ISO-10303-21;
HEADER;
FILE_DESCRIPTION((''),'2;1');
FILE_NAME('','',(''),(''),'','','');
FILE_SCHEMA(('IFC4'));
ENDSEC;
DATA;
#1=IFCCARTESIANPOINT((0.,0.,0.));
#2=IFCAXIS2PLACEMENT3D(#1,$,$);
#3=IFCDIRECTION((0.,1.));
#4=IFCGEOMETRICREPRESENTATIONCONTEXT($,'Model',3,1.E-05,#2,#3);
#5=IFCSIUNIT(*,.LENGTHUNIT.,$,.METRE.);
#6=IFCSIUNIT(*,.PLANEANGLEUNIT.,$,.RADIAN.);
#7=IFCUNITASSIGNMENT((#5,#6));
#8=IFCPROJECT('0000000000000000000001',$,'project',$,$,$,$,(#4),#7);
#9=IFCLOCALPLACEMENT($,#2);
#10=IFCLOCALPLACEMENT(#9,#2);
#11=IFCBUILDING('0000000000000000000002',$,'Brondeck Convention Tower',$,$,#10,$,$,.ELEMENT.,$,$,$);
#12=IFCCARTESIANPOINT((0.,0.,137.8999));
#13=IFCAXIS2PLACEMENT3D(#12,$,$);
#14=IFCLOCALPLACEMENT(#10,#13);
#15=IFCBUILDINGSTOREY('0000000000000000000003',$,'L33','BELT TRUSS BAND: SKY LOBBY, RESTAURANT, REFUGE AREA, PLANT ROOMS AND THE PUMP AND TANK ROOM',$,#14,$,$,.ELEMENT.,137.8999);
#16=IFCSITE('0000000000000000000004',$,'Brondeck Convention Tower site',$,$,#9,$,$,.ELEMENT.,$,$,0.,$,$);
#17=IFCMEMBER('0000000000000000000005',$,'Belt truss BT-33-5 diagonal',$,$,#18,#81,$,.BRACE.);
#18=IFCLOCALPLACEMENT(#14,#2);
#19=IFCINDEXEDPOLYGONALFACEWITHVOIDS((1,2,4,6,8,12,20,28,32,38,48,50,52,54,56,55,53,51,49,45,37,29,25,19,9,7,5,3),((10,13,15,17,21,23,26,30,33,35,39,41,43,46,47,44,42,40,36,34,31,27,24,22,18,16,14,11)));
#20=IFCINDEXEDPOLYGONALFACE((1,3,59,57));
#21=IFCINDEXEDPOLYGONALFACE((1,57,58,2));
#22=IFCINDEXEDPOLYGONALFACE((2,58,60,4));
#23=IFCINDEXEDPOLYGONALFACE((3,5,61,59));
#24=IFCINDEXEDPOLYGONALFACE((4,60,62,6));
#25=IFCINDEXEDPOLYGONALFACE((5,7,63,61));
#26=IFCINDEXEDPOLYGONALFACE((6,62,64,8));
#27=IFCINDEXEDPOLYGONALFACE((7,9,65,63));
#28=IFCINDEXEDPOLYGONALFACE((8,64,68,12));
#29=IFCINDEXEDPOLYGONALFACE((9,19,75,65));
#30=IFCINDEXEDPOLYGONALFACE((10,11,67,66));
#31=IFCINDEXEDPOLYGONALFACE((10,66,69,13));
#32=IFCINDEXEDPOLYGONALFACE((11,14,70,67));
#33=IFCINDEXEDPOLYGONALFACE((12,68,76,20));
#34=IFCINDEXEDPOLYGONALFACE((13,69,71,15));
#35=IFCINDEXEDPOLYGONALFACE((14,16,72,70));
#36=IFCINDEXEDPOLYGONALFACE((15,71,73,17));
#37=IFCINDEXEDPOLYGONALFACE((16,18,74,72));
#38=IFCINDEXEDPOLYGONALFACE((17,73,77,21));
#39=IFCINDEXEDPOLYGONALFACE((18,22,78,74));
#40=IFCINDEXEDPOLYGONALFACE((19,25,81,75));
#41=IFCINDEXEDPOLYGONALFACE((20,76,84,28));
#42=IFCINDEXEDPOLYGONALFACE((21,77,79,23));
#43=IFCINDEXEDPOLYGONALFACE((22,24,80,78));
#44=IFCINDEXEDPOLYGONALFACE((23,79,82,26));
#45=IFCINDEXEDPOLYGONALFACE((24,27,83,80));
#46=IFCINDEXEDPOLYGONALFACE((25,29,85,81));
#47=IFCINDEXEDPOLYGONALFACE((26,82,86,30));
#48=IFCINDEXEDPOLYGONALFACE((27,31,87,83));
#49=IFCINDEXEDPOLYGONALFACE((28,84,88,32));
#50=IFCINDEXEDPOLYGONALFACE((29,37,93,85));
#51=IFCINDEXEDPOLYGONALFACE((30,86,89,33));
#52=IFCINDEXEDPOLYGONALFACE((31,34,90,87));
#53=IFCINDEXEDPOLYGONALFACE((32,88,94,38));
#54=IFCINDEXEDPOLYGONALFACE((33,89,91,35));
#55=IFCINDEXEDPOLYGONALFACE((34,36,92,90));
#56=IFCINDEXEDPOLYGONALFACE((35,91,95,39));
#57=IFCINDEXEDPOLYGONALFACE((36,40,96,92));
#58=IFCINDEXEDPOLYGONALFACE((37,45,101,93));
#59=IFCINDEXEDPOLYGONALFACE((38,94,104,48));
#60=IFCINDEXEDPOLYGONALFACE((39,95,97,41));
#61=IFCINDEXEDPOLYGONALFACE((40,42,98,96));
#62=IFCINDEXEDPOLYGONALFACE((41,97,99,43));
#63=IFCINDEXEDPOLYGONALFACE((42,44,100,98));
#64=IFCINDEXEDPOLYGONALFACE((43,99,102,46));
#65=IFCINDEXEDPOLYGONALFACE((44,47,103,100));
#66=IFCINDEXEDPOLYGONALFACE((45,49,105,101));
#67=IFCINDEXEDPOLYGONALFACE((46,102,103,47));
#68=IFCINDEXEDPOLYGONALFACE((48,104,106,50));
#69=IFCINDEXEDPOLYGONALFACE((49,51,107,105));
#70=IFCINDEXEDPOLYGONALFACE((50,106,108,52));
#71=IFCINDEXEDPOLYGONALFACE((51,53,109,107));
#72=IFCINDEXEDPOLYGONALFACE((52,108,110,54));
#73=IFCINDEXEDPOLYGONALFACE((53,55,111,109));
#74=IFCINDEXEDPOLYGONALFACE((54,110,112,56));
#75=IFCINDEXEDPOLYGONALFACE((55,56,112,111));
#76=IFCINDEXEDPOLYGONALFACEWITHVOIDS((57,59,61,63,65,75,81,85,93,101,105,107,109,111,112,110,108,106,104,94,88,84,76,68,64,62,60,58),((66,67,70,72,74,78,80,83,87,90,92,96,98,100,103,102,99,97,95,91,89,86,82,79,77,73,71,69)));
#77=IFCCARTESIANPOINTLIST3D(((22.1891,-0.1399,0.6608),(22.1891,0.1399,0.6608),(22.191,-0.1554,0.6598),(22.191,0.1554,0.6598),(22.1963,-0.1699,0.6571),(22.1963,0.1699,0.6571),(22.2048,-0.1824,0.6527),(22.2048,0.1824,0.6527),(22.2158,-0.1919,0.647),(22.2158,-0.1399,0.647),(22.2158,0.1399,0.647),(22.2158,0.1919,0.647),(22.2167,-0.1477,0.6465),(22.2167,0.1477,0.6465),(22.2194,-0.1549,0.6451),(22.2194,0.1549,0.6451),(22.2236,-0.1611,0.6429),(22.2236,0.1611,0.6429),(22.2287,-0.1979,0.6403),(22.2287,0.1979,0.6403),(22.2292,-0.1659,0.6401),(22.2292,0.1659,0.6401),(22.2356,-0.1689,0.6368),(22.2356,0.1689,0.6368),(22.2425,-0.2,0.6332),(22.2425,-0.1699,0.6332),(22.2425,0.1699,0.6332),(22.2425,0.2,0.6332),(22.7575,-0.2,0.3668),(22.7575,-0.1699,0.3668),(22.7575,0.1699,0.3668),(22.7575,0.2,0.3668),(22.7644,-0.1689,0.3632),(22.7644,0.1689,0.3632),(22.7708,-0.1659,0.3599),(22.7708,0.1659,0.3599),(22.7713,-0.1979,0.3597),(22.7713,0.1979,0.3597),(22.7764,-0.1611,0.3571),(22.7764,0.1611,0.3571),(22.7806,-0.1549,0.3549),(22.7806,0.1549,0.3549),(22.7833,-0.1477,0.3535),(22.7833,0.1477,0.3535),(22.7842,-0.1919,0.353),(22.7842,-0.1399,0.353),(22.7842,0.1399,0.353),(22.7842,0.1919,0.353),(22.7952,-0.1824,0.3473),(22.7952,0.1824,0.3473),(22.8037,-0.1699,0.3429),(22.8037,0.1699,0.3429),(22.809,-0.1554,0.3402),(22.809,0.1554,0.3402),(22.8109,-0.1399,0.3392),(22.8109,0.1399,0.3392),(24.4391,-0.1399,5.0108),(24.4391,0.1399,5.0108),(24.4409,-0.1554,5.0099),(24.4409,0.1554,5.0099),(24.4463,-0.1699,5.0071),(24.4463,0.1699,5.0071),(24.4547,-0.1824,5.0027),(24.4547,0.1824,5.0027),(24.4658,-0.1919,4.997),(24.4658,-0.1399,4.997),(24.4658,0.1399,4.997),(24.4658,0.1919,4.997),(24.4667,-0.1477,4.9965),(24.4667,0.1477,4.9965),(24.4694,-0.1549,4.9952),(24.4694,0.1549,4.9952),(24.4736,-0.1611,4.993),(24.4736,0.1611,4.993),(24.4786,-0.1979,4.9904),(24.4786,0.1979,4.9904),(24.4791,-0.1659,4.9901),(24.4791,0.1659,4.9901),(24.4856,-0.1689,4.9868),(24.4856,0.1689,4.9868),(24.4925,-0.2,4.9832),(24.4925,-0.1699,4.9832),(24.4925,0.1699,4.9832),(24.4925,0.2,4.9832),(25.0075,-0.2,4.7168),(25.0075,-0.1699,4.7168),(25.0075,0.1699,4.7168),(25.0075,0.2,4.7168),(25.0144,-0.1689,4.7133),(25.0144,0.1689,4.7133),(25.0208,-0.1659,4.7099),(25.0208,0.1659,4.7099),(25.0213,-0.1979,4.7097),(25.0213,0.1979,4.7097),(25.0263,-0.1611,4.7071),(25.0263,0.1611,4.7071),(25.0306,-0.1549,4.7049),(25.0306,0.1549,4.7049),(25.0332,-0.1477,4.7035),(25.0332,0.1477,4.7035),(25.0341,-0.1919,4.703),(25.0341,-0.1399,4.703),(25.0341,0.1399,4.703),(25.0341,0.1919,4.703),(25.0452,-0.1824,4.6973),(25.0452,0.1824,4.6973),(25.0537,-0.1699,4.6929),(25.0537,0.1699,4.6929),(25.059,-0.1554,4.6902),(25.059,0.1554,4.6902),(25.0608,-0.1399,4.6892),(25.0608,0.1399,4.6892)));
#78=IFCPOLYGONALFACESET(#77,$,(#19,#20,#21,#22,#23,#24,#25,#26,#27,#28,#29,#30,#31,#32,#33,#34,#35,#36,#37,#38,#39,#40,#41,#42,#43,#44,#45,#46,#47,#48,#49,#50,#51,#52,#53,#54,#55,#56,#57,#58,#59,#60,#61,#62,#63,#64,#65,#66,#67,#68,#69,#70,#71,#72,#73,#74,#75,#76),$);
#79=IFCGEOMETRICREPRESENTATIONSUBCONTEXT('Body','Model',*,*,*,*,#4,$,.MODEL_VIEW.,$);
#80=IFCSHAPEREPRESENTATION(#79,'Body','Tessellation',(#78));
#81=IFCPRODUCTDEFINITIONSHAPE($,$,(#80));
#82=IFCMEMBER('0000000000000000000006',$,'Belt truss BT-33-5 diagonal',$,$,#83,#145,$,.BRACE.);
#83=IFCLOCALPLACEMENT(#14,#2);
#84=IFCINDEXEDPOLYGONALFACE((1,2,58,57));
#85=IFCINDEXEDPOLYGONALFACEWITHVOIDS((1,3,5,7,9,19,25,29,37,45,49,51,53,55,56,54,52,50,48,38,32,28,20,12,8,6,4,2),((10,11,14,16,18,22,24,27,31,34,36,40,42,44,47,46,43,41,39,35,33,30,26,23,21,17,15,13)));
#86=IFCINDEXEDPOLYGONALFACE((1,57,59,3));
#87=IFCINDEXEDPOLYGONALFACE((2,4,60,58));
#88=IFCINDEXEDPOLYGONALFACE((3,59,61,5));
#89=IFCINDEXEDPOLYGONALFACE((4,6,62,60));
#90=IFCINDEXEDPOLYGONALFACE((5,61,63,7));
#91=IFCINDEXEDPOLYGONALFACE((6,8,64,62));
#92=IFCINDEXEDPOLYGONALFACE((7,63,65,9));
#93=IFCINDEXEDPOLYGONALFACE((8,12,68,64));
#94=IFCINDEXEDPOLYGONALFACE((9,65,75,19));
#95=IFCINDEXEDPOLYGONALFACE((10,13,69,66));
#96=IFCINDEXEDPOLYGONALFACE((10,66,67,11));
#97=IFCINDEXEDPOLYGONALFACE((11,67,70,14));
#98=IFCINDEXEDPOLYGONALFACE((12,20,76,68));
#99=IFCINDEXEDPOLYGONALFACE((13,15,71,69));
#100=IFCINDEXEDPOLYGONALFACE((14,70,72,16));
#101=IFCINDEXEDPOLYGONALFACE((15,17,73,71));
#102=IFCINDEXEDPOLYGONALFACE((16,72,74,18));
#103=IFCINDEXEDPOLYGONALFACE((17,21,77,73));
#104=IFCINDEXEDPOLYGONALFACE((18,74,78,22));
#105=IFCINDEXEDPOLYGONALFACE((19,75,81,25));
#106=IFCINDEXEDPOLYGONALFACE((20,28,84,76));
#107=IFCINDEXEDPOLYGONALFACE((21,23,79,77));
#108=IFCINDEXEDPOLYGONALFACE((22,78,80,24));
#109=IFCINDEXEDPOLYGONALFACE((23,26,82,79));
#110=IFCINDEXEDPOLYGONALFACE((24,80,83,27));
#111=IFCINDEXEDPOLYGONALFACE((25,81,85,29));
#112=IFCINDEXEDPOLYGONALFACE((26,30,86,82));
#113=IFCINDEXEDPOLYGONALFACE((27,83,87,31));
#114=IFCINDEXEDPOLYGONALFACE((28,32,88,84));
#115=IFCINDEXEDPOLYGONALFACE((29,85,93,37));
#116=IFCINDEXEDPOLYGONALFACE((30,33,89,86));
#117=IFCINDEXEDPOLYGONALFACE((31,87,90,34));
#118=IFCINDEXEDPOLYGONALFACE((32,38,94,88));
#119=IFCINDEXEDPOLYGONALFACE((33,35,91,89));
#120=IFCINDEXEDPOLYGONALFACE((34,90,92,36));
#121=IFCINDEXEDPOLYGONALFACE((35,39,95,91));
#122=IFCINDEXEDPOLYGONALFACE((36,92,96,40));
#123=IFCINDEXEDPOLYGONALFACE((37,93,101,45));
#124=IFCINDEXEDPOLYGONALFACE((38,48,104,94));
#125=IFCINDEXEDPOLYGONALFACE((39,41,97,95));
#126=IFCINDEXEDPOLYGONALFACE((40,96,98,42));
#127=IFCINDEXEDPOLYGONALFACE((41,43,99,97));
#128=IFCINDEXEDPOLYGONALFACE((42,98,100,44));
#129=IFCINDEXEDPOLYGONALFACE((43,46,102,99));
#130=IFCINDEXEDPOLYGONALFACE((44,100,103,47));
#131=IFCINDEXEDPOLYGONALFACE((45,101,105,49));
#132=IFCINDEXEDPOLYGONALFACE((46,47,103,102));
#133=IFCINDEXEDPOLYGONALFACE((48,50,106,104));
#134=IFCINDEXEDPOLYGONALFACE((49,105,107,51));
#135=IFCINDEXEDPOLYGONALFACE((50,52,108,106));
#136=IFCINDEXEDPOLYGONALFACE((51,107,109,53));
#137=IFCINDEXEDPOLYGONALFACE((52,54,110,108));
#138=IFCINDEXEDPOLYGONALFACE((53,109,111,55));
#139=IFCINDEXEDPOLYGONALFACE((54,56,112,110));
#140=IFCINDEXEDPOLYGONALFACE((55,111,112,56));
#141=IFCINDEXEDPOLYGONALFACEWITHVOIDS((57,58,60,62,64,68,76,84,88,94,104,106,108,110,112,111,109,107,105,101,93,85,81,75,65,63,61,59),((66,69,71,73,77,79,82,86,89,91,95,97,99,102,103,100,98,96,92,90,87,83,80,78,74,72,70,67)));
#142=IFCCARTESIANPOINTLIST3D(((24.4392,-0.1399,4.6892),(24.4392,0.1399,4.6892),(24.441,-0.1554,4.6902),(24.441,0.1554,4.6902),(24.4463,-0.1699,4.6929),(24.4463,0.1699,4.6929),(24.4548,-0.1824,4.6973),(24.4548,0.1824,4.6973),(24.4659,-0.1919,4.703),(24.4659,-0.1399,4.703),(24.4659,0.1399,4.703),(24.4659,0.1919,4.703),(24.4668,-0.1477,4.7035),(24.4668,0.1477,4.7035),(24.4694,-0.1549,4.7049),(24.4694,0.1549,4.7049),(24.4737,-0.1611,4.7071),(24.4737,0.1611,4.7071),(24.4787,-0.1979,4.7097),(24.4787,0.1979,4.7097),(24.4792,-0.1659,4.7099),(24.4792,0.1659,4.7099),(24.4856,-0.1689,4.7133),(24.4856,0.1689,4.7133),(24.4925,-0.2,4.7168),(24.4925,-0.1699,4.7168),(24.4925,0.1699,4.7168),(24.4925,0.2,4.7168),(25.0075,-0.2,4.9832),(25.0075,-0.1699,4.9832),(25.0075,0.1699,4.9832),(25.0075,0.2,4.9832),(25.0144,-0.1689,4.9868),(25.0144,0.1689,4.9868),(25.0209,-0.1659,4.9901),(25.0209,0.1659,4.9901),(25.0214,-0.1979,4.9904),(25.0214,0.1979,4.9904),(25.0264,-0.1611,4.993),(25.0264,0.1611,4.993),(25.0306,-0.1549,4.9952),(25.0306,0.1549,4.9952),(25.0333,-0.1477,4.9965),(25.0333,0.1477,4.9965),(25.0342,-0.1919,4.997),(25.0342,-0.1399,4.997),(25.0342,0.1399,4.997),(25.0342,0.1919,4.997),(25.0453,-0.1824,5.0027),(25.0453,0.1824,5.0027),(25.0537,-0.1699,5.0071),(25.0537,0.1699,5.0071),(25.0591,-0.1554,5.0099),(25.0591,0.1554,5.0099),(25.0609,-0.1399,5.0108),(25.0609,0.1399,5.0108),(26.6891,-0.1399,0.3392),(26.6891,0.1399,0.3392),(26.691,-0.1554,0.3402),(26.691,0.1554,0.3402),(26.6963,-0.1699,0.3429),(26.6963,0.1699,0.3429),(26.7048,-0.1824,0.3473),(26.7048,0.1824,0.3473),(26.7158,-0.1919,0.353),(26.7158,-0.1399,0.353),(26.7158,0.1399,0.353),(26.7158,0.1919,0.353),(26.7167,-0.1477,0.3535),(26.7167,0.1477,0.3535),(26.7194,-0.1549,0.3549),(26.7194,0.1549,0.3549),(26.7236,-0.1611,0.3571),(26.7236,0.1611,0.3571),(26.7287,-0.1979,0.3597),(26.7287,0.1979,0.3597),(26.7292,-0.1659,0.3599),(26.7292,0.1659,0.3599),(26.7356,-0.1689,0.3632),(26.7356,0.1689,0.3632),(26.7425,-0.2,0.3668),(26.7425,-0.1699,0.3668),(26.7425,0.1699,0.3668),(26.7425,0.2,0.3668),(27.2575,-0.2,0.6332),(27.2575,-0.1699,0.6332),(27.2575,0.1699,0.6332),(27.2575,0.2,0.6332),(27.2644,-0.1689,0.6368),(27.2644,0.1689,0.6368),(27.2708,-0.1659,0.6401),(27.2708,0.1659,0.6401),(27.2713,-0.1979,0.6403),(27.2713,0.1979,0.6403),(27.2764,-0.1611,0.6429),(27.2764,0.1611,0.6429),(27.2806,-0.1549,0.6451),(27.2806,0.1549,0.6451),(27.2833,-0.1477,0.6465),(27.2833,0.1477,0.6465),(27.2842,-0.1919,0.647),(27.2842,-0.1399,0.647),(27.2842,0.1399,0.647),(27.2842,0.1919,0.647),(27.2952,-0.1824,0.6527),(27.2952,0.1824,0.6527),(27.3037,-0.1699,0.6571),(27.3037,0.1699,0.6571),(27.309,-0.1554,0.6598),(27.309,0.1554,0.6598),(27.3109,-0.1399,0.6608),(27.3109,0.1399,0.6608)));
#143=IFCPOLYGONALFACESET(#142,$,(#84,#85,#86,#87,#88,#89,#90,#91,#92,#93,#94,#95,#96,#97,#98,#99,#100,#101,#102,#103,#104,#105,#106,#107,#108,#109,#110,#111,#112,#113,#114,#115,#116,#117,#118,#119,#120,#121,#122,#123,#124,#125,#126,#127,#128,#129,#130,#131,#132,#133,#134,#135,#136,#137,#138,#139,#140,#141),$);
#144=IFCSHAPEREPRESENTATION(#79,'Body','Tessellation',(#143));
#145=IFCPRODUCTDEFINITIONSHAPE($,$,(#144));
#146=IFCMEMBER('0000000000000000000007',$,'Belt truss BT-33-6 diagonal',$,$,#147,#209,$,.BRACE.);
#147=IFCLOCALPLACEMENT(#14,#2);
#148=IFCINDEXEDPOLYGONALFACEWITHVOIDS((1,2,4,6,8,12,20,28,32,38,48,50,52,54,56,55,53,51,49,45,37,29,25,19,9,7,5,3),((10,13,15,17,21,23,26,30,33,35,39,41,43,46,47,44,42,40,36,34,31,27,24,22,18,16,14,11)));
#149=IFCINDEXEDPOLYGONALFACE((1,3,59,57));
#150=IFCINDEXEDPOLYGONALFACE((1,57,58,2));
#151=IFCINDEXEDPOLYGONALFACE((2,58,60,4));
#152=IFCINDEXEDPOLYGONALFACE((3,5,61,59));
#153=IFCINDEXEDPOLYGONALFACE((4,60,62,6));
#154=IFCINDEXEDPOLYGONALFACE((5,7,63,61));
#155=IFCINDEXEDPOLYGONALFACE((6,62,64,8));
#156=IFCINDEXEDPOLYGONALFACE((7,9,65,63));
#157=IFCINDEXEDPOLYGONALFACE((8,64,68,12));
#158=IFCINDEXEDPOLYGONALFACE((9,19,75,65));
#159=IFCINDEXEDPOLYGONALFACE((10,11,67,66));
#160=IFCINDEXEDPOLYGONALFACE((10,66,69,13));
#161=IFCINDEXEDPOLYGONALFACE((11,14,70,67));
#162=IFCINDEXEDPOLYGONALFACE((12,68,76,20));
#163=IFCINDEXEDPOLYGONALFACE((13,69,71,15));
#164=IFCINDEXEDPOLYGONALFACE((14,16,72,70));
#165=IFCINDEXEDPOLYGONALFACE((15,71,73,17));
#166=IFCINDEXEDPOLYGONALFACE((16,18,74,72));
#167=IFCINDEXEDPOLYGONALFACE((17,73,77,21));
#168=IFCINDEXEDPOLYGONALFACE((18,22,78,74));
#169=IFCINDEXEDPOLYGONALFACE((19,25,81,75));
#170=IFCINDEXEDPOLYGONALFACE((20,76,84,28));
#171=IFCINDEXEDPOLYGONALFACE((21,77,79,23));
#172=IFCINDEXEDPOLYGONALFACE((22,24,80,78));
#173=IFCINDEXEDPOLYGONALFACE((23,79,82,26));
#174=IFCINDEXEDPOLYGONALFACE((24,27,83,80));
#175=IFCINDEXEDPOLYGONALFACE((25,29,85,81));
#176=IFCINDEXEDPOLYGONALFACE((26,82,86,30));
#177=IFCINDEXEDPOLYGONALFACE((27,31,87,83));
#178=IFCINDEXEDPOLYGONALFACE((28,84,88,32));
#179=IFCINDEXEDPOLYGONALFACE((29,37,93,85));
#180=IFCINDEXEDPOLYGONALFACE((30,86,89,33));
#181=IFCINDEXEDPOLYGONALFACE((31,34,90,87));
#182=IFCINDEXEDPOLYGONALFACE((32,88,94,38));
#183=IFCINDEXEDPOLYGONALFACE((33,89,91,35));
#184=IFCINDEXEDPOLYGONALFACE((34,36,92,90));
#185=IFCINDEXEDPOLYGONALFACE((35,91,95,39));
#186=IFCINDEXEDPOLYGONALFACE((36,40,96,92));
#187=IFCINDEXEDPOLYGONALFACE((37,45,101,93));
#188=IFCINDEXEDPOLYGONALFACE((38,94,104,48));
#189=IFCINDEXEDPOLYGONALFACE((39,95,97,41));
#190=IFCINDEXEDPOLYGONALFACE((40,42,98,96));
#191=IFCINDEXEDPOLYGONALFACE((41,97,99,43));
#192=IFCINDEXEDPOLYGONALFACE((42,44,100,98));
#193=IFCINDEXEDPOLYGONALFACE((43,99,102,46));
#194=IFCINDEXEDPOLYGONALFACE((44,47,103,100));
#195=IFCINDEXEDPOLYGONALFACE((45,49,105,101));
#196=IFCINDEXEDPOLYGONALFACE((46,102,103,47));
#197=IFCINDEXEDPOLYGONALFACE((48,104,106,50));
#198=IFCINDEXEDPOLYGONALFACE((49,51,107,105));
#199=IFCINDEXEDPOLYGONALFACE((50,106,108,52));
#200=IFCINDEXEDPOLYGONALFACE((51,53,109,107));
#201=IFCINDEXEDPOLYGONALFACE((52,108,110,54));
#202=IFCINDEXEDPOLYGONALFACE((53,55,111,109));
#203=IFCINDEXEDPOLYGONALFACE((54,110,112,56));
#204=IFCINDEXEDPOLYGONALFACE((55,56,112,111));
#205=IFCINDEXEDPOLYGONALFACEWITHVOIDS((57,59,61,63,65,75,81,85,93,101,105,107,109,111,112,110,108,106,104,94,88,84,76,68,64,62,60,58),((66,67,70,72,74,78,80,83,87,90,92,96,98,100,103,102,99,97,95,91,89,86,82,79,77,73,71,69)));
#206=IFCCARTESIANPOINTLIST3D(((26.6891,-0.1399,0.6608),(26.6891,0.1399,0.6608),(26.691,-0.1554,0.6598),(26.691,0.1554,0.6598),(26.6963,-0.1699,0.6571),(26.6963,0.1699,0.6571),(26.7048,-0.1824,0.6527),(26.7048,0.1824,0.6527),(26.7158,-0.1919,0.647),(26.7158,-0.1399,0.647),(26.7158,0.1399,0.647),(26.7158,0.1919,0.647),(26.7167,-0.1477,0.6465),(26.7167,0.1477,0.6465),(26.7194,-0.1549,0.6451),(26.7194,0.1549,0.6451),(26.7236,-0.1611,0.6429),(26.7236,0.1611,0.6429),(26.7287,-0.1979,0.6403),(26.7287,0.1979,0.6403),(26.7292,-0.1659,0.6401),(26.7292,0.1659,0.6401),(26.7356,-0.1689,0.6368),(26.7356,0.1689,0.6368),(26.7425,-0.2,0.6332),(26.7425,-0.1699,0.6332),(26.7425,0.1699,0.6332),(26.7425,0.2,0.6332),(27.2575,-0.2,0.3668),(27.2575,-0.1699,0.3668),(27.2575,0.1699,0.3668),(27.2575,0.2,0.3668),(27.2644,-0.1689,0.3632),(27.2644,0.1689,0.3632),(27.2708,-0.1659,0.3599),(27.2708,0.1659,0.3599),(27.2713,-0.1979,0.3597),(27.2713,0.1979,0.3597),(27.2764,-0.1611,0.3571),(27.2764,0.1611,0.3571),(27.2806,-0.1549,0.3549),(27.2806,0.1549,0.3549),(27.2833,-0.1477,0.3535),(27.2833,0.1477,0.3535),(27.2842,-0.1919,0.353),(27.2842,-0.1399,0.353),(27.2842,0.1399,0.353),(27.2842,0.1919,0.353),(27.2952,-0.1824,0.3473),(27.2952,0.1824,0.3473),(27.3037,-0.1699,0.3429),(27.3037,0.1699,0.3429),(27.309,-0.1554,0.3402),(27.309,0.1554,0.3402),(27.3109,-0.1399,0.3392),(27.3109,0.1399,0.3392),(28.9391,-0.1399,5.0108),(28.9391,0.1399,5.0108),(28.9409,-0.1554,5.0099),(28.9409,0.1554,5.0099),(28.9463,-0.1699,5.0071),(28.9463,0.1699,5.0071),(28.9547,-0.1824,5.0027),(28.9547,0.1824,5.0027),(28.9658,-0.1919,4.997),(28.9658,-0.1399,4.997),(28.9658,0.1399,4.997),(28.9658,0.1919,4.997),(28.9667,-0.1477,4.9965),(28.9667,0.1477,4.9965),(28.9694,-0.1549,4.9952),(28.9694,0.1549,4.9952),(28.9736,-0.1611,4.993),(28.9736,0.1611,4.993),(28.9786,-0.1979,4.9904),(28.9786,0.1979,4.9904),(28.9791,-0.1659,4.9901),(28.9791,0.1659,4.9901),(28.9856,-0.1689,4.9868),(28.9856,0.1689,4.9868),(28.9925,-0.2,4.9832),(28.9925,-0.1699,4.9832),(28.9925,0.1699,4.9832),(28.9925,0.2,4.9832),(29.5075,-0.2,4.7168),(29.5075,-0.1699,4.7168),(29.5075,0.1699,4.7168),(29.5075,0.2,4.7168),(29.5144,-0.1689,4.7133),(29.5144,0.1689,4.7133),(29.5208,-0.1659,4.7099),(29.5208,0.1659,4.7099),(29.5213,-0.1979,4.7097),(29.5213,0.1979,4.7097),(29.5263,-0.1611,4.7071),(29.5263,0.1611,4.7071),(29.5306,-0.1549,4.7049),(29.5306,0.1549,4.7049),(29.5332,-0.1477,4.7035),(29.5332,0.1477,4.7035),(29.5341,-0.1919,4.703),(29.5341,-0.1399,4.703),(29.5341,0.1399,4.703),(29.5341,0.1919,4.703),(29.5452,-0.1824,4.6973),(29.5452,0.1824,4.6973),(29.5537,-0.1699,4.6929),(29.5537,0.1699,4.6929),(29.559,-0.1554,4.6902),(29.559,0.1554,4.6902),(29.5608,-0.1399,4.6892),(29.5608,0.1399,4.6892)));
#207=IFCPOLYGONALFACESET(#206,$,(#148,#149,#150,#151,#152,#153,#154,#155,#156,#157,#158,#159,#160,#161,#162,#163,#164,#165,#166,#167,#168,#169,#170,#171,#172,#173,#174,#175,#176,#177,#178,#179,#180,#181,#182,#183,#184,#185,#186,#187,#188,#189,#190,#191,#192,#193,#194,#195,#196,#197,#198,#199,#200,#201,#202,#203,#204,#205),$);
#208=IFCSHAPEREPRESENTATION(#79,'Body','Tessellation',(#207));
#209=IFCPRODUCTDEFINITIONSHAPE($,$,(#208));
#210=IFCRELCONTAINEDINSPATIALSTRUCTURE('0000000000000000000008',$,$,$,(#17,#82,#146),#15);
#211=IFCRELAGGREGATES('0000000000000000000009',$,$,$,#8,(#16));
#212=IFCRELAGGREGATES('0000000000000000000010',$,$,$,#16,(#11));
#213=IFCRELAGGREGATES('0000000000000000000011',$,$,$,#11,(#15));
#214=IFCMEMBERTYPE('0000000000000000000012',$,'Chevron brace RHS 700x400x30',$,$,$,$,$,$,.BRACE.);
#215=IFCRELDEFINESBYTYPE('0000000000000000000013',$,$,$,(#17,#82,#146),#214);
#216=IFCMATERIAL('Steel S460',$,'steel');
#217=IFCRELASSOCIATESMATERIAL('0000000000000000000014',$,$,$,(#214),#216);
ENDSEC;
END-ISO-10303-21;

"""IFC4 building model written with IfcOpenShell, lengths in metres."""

from ifc_helpers import new_model, si_unit, direction, frame, origin, origin_2d, place, context, subcontext, project, spatial, hollow_rectangle, extrude, material, material_profile, profile_set, type_object, element, save


model = new_model("IFC4")

# Units and contexts
model_context = context("Model", 3, precision=1e-05, world=origin(), true_north=direction((0.0, 1.0)))
body_context = subcontext(model_context, "Body", "Model", "MODEL_VIEW")
ifc_project = project(units=[si_unit("LENGTHUNIT", "METRE"), si_unit("PLANEANGLEUNIT", "RADIAN")], contexts=[model_context])

# Site, building, storey
site_placement = place(None, origin())
site = spatial("IfcSite", under=ifc_project, at=site_placement, Name="Brondeck Convention Tower site", CompositionType="ELEMENT", RefElevation=0.0)
building_placement = place(site_placement, origin())
building = spatial("IfcBuilding", under=site, at=building_placement, Name="Brondeck Convention Tower", CompositionType="ELEMENT")
storey_placement = place(building_placement, frame((0.0, 0.0, 137.8999)))
storey = spatial("IfcBuildingStorey", under=building, at=storey_placement, Name="L33", Description="BELT TRUSS BAND: SKY LOBBY, RESTAURANT, REFUGE AREA, PLANT ROOMS AND THE PUMP AND TANK ROOM", CompositionType="ELEMENT", Elevation=137.8999)

# Members
ifc_material_1 = material(Name="Steel S460", Category="steel")
ifc_material_profile_1 = material_profile(ifc_material_1, hollow_rectangle(XDim=0.3999, YDim=0.7, WallThickness=0.03, InnerFilletRadius=0.03, OuterFilletRadius=0.0601, at=origin_2d()), Name="RHS 700x400x30")
ifc_profile_set_1 = profile_set([ifc_material_profile_1], Name="Steel S460")
member_type_1 = type_object("IfcMemberType", Name="Chevron brace RHS 700x400x30", PredefinedType="BRACE", material=ifc_profile_set_1)
for number, where, z_axis, x_axis, name in (
    (1, (22.5, 0.0, 0.5), (0.459415, 0.0, 0.888222), (0.0, 1.0, 0.0), "Belt truss BT-33-5 diagonal"),
    (2, (27.0, 0.0, 0.5), (-0.459415, 0.0, 0.888222), (0.0, -1.0, 0.0), "Belt truss BT-33-5 diagonal"),
    (3, (27.0, 0.0, 0.5), (0.459415, 0.0, 0.888222), (0.0, 1.0, 0.0), "Belt truss BT-33-6 diagonal"),
):
    element("IfcMember", number, at=place(storey_placement, frame(where, z_axis=z_axis, x_axis=x_axis)), inside=storey, type_object=member_type_1, Name=name, PredefinedType="BRACE", context=body_context, shape_type="SweptSolid", body=[
        extrude(hollow_rectangle(XDim=0.3999, YDim=0.7, WallThickness=0.03, InnerFilletRadius=0.03, OuterFilletRadius=0.0601, at=origin_2d()), origin(), (0.0, 0.0, 1.0), 4.8975),
    ])

save(model, "model.ifc")
